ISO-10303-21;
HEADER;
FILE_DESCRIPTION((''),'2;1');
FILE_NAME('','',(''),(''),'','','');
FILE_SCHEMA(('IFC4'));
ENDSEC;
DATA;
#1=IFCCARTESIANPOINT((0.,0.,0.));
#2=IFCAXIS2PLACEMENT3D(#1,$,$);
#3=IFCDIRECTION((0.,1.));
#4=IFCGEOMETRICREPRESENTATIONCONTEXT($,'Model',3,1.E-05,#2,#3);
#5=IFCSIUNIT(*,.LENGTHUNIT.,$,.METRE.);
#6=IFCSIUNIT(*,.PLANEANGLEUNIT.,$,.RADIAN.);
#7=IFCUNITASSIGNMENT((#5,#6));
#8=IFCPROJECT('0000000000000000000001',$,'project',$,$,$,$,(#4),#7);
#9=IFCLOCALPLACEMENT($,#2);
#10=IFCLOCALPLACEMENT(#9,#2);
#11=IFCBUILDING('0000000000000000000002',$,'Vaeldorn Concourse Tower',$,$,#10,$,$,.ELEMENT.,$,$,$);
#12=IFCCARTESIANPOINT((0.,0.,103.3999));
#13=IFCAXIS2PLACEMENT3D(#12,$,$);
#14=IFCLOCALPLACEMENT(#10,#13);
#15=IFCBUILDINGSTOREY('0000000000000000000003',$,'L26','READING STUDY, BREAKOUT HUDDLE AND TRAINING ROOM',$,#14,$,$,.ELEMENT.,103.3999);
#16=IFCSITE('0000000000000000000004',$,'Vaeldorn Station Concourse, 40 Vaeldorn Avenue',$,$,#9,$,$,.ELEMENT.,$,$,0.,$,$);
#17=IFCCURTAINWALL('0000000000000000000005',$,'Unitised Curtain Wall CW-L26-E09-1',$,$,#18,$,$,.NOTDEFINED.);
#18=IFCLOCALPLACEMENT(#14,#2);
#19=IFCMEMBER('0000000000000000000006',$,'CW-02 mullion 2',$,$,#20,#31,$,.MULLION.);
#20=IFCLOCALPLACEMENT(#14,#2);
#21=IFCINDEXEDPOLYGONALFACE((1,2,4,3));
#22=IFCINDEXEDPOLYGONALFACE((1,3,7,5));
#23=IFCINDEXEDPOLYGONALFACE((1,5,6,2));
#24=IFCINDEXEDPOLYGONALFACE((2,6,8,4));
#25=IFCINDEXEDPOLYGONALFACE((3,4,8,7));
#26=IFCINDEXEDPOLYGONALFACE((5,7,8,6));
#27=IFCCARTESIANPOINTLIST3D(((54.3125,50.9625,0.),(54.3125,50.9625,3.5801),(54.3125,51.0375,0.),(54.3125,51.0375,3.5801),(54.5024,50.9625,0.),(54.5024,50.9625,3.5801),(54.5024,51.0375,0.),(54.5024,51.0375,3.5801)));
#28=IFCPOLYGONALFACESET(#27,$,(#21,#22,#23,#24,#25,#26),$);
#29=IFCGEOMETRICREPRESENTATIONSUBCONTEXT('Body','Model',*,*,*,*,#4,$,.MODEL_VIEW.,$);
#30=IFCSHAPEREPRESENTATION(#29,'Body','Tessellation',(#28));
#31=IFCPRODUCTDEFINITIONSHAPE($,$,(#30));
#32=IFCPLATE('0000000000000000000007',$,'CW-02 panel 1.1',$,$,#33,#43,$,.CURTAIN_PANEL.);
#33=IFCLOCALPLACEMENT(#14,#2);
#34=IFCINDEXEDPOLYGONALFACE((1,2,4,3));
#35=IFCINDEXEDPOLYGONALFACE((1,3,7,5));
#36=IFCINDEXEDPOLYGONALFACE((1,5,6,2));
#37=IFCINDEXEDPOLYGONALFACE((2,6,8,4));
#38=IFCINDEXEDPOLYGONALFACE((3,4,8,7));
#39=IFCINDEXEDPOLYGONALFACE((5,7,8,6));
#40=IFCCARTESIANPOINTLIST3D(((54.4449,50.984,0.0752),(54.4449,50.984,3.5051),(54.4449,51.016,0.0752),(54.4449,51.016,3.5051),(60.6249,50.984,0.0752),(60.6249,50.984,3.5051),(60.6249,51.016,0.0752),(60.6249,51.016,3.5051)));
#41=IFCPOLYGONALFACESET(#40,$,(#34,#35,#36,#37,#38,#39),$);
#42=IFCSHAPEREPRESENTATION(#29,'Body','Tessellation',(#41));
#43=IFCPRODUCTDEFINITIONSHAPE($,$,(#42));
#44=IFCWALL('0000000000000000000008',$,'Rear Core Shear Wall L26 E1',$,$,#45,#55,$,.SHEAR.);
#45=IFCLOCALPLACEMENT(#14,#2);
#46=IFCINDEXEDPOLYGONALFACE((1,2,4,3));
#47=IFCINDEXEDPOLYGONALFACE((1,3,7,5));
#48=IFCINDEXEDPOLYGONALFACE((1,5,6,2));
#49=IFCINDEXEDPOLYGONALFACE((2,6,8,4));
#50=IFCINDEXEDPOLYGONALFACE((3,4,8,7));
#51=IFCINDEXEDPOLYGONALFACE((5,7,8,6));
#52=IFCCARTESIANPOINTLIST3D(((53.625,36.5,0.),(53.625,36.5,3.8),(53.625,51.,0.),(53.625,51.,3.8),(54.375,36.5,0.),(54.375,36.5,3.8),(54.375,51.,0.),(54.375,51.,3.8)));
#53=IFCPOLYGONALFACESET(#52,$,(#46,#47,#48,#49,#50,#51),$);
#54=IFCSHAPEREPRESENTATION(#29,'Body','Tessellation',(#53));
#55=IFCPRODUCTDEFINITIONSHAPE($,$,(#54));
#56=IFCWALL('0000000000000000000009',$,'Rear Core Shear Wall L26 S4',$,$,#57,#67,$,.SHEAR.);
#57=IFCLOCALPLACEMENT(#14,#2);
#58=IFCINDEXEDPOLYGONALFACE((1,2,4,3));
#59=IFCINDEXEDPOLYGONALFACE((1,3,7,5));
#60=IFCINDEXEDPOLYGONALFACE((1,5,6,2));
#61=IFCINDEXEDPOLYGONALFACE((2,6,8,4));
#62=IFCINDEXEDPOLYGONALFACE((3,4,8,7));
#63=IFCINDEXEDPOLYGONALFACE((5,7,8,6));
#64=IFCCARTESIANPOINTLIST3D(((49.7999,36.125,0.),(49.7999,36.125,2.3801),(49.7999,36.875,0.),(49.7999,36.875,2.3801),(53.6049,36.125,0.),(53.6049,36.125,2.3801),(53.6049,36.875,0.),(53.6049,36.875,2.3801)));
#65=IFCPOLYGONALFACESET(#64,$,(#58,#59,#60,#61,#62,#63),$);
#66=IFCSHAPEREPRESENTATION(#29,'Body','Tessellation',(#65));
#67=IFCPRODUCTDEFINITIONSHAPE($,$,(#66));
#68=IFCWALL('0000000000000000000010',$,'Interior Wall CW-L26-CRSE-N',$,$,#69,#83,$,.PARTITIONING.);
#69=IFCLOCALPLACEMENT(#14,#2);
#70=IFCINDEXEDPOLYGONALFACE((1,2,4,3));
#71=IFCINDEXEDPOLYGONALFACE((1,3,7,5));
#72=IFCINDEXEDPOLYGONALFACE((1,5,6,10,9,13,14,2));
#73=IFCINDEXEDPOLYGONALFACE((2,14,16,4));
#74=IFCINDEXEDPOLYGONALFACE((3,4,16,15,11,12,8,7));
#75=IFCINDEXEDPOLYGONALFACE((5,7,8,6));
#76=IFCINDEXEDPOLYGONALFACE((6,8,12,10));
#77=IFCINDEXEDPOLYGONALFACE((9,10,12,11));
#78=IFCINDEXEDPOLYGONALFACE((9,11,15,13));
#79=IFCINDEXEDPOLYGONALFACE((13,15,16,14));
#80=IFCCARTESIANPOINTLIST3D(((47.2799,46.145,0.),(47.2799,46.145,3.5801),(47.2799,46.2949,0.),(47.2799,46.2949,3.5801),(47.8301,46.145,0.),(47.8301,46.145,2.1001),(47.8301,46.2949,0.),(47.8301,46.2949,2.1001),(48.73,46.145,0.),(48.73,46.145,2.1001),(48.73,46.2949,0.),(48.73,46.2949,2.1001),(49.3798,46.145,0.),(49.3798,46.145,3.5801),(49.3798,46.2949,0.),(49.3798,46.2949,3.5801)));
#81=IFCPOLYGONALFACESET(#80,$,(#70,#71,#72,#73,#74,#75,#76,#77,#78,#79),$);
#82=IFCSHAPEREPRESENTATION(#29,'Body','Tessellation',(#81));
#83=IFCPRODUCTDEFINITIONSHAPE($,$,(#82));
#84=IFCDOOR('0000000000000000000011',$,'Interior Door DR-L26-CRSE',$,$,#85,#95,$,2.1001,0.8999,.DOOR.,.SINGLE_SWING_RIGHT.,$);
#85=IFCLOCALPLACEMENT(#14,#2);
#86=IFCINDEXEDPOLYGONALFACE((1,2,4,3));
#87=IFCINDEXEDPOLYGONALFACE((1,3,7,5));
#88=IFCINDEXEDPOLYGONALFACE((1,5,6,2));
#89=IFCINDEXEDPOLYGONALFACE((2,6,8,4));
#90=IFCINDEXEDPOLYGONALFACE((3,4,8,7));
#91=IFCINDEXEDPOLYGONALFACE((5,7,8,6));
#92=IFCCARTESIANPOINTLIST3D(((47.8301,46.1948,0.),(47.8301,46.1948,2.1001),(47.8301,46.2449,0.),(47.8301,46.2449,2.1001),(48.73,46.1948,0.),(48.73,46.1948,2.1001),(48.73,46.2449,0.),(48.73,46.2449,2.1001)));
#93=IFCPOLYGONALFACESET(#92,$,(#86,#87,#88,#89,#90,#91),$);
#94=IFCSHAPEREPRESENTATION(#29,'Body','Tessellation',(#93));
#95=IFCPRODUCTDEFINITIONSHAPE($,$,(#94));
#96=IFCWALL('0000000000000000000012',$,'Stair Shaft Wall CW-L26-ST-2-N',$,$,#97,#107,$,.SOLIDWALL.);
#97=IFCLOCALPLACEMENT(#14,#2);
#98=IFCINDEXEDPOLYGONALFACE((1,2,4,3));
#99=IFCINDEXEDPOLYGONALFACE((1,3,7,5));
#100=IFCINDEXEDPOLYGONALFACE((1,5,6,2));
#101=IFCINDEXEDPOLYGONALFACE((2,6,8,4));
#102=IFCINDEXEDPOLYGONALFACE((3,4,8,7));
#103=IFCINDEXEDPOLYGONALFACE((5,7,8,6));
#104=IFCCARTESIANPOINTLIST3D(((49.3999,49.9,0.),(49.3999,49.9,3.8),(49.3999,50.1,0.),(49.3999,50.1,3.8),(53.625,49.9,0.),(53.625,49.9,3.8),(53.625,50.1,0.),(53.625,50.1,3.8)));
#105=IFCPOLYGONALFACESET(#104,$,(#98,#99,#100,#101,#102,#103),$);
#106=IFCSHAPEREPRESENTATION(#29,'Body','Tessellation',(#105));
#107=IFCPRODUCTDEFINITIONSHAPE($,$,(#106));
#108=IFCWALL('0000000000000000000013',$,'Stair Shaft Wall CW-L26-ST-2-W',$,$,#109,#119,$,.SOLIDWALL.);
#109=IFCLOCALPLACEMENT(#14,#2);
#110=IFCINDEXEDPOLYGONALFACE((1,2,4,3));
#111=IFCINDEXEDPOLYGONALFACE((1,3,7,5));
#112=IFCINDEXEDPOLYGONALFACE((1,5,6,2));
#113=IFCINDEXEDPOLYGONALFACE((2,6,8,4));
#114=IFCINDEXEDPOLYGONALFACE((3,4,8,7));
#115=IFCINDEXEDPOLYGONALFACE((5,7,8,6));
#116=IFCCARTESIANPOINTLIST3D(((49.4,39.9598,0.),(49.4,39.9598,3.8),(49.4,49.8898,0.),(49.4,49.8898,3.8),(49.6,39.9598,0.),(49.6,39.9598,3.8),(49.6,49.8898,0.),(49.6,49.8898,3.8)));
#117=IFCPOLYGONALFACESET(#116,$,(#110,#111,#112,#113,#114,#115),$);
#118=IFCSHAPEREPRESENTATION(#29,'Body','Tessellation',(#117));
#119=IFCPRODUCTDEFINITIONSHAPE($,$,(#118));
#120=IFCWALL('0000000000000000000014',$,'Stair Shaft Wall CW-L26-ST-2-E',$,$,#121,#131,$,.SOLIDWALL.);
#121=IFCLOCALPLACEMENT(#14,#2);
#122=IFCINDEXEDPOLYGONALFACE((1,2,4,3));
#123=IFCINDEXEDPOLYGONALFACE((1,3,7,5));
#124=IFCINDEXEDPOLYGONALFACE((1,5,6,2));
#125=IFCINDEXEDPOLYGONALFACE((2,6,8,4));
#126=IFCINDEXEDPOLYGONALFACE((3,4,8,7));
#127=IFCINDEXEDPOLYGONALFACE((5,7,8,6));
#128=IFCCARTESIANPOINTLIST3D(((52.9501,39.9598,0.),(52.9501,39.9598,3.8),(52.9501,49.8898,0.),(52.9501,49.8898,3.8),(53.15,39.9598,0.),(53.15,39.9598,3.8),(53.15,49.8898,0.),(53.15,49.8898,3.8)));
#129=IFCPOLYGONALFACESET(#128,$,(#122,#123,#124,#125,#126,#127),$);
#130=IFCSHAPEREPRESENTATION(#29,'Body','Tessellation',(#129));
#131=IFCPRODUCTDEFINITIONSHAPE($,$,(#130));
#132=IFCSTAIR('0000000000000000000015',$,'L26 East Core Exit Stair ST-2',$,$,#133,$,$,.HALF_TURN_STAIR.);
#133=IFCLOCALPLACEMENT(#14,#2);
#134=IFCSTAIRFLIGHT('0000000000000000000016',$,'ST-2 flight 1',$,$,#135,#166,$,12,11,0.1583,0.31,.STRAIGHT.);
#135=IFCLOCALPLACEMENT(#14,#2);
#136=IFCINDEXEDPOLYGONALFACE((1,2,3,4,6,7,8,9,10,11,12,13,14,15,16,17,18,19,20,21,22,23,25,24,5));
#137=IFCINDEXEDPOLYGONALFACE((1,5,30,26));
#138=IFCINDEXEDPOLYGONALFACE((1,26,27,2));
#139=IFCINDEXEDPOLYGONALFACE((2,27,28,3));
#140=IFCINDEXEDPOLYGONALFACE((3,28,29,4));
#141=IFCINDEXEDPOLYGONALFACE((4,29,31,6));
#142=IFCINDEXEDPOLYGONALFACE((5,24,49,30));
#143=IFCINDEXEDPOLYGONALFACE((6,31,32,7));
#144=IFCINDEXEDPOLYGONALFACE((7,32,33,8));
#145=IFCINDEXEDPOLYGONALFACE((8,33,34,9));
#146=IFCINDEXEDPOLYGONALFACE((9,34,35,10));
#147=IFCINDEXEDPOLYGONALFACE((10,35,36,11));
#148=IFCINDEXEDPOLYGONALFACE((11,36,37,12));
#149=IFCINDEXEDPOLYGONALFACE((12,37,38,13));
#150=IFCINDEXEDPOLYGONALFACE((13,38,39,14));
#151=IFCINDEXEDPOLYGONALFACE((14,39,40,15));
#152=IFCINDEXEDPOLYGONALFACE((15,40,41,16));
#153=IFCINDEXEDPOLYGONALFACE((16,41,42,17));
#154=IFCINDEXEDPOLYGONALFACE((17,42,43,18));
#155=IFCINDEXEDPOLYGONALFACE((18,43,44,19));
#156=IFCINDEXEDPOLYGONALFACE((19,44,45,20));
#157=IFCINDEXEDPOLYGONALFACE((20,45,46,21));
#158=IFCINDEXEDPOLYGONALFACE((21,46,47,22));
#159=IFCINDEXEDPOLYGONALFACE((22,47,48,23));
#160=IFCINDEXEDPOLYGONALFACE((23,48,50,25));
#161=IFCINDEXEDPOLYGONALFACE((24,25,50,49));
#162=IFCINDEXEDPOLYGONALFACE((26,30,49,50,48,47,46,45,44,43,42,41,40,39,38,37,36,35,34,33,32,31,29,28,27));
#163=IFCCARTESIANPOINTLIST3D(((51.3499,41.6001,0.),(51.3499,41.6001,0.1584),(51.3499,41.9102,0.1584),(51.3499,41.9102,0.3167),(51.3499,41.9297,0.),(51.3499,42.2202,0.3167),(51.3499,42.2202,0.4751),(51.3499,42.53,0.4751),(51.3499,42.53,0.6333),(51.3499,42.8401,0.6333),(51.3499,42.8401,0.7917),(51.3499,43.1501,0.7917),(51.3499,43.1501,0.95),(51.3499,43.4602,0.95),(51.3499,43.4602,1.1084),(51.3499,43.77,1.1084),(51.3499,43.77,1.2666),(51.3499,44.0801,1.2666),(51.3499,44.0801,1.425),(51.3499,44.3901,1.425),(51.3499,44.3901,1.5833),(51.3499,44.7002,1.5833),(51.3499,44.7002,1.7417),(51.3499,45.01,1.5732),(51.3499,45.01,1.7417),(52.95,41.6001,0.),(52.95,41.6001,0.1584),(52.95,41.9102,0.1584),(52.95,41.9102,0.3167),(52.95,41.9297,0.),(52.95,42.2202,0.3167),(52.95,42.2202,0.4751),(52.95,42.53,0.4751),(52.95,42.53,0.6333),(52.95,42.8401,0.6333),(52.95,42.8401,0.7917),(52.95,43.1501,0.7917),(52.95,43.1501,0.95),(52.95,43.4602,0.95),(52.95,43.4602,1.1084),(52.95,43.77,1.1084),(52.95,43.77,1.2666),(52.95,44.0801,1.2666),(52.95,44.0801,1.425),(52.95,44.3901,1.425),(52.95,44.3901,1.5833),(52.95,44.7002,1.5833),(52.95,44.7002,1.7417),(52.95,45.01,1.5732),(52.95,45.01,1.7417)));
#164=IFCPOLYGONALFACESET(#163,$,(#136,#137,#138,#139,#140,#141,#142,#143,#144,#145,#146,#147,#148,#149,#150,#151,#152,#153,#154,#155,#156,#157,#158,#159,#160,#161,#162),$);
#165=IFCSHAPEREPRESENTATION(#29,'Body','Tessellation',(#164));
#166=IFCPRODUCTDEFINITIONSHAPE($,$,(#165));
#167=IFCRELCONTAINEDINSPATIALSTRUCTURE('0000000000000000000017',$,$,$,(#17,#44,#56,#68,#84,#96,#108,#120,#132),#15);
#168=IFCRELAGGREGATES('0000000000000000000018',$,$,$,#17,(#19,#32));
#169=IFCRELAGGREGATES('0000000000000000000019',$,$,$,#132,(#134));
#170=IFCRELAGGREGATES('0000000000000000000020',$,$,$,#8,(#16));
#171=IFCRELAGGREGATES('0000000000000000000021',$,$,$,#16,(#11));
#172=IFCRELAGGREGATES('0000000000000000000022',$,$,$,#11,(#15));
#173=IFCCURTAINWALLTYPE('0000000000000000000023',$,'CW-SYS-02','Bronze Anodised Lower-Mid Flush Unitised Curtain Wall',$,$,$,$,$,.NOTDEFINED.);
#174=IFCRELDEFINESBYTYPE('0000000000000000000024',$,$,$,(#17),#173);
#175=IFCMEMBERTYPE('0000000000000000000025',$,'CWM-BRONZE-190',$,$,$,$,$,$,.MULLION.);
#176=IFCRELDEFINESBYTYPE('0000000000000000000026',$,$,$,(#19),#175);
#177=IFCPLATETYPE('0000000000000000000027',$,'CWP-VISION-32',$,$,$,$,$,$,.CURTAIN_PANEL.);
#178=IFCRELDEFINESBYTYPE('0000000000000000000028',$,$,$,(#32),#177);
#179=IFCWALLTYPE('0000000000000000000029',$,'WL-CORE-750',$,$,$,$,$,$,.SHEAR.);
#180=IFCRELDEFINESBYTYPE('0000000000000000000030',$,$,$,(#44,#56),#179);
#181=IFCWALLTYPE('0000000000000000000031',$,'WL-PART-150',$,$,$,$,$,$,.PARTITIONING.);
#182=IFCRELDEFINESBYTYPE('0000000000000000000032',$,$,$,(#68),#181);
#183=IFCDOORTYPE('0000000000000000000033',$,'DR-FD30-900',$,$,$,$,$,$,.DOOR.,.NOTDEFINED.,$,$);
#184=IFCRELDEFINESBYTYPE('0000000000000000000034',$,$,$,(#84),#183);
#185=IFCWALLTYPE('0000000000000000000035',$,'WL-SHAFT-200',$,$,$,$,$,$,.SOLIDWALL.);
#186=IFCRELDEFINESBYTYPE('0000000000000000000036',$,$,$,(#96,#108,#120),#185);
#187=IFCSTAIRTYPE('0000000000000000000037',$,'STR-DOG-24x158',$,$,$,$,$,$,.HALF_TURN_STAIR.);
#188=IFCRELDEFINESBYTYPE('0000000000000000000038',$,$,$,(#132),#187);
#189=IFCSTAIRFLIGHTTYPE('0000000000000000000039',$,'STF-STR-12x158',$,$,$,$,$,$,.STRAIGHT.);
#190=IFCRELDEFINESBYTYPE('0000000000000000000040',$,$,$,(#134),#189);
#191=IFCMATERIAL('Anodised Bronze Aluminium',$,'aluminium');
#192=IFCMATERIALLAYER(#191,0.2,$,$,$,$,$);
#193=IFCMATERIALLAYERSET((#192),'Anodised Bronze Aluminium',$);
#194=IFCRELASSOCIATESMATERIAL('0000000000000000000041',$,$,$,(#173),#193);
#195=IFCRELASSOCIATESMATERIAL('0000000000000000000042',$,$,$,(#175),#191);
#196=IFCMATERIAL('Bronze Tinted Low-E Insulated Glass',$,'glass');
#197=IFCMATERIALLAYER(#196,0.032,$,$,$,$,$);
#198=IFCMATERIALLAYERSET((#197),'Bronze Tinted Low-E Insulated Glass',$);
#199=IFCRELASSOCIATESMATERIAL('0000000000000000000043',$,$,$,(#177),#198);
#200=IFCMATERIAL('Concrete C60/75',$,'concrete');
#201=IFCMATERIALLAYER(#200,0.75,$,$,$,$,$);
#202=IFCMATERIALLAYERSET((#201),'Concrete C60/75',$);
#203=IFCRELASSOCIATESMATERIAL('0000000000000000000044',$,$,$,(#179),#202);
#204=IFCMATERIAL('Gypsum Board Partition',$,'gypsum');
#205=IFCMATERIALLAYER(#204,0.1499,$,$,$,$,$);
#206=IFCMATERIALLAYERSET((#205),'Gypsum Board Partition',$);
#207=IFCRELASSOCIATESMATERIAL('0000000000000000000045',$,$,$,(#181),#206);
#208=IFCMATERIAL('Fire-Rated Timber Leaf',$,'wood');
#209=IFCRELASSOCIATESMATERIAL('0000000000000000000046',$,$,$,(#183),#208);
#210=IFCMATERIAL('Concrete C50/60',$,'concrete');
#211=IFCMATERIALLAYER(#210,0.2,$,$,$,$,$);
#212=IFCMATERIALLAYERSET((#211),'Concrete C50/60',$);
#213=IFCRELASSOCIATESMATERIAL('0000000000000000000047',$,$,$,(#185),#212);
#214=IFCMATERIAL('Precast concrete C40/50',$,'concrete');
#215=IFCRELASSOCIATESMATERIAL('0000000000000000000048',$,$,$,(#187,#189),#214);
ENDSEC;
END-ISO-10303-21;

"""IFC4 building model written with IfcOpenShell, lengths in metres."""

from ifc_helpers import new_model, si_unit, direction, frame, frame_2d, origin, origin_2d, place, context, subcontext, project, spatial, polyline, rectangle, outline, extrude, source, transform, mapped, material, layer, layer_set, material_profile, profile_set, type_object, element, fill, aggregate, save


model = new_model("IFC4")

# Units and contexts
model_context = context("Model", 3, precision=1e-05, world=origin(), true_north=direction((0.0, 1.0)))
body_context = subcontext(model_context, "Body", "Model", "MODEL_VIEW")
ifc_project = project(units=[si_unit("LENGTHUNIT", "METRE"), si_unit("PLANEANGLEUNIT", "RADIAN")], contexts=[model_context])

# Site, building, storey
site_placement = place(None, origin())
site = spatial("IfcSite", under=ifc_project, at=site_placement, Name="Vaeldorn Station Concourse, 40 Vaeldorn Avenue", CompositionType="ELEMENT", RefElevation=0.0)
building_placement = place(site_placement, origin())
building = spatial("IfcBuilding", under=site, at=building_placement, Name="Vaeldorn Concourse Tower", CompositionType="ELEMENT")
storey_placement = place(building_placement, frame((0.0, 0.0, 103.3999)))
storey = spatial("IfcBuildingStorey", under=building, at=storey_placement, Name="L26", Description="READING STUDY, BREAKOUT HUDDLE AND TRAINING ROOM", CompositionType="ELEMENT", Elevation=103.3999)

# Shared definitions
ifc_material_1 = material(Name="Concrete C60/75", Category="concrete")

# Curtain wall, member, plate
ifc_material_2 = material(Name="Anodised Bronze Aluminium", Category="aluminium")
ifc_layer_1 = layer(ifc_material_2, 0.2)
ifc_layer_set_1 = layer_set([ifc_layer_1], Name="Anodised Bronze Aluminium")
curtain_wall_type = type_object("IfcCurtainWallType", Name="CW-SYS-02", Description="Bronze Anodised Lower-Mid Flush Unitised Curtain Wall", PredefinedType="NOTDEFINED", material=ifc_layer_set_1)
curtain_wall_placement = place(storey_placement, origin())
curtain_wall = element("IfcCurtainWall", 1, at=curtain_wall_placement, inside=storey, type_object=curtain_wall_type, Name="Unitised Curtain Wall CW-L26-E09-1", PredefinedType="NOTDEFINED")
ifc_material_profile_1 = material_profile(ifc_material_2, rectangle(XDim=0.075, YDim=0.1899, at=origin_2d()), Name="CWM 75x190")
ifc_profile_set_1 = profile_set([ifc_material_profile_1], Name="Anodised Bronze Aluminium")
member_type = type_object("IfcMemberType", Name="CWM-BRONZE-190", PredefinedType="MULLION", material=ifc_profile_set_1)
shared_shape_1 = source(origin(), body_context, "Body", "SweptSolid", [
    extrude(rectangle(XDim=0.075, YDim=0.1899, at=origin_2d()), origin(), (0.0, 0.0, 1.0), 3.5801),
])
member_placement = place(storey_placement, frame((54.4075, 51.0, 0.0), z_axis=(0.0, 0.0, 1.0), x_axis=(0.0, -1.0, 0.0)))
member = element("IfcMember", 2, at=member_placement, type_object=member_type, Name="CW-02 mullion 2", PredefinedType="MULLION", context=body_context, shape_type="MappedRepresentation", body=[
    mapped(shared_shape_1, transform((0.0, 0.0, 0.0), scale=1.0)),
])
ifc_material_3 = material(Name="Bronze Tinted Low-E Insulated Glass", Category="glass")
ifc_layer_2 = layer(ifc_material_3, 0.032)
ifc_layer_set_2 = layer_set([ifc_layer_2], Name="Bronze Tinted Low-E Insulated Glass")
plate_type = type_object("IfcPlateType", Name="CWP-VISION-32", PredefinedType="CURTAIN_PANEL", material=ifc_layer_set_2)
shared_shape_2 = source(origin(), body_context, "Body", "SweptSolid", [
    extrude(rectangle(XDim=6.1799, YDim=0.032, at=origin_2d()), origin(), (0.0, 0.0, 1.0), 3.4299),
])
plate_placement = place(storey_placement, frame((57.5349, 51.0, 0.0752), z_axis=(0.0, 0.0, 1.0), x_axis=(-1.0, 0.0, 0.0)))
plate = element("IfcPlate", 3, at=plate_placement, type_object=plate_type, Name="CW-02 panel 1.1", PredefinedType="CURTAIN_PANEL", context=body_context, shape_type="MappedRepresentation", body=[
    mapped(shared_shape_2, transform((0.0, 0.0, 0.0), scale=1.0)),
])
aggregate(curtain_wall, [member, plate])

# Walls
ifc_layer_3 = layer(ifc_material_1, 0.75)
ifc_layer_set_3 = layer_set([ifc_layer_3], Name="Concrete C60/75")
wall_type_1 = type_object("IfcWallType", Name="WL-CORE-750", PredefinedType="SHEAR", material=ifc_layer_set_3)
wall_1_placement = place(storey_placement, frame((54.0, 36.5, 0.0), z_axis=(0.0, 0.0, 1.0), x_axis=(0.0, 1.0, 0.0)))
element("IfcWall", 4, at=wall_1_placement, inside=storey, type_object=wall_type_1, Name="Rear Core Shear Wall L26 E1", PredefinedType="SHEAR", context=body_context, shape_type="SweptSolid", body=[
    extrude(rectangle(XDim=14.5, YDim=0.75, at=frame_2d((7.25, 0.0))), origin(), (0.0, 0.0, 1.0), 3.8),
])
wall_2_placement = place(storey_placement, frame((49.8, 36.5, 0.0), z_axis=(0.0, 0.0, 1.0), x_axis=(1.0, 0.0, 0.0)))
element("IfcWall", 5, at=wall_2_placement, inside=storey, type_object=wall_type_1, Name="Rear Core Shear Wall L26 S4", PredefinedType="SHEAR", context=body_context, shape_type="SweptSolid", body=[
    extrude(rectangle(XDim=3.8049, YDim=0.75, at=frame_2d((1.9023, 0.0))), origin(), (0.0, 0.0, 1.0), 2.3801),
])

# Wall, opening, door
ifc_material_4 = material(Name="Gypsum Board Partition", Category="gypsum")
ifc_layer_4 = layer(ifc_material_4, 0.1499)
ifc_layer_set_4 = layer_set([ifc_layer_4], Name="Gypsum Board Partition")
wall_type_2 = type_object("IfcWallType", Name="WL-PART-150", PredefinedType="PARTITIONING", material=ifc_layer_set_4)
wall_3_placement = place(storey_placement, frame((47.28, 46.22, 0.0), z_axis=(0.0, 0.0, 1.0), x_axis=(1.0, 0.0, 0.0)))
wall_3 = element("IfcWall", 6, at=wall_3_placement, inside=storey, type_object=wall_type_2, Name="Interior Wall CW-L26-CRSE-N", PredefinedType="PARTITIONING", context=body_context, shape_type="SweptSolid", body=[
    extrude(rectangle(XDim=2.0999, YDim=0.1499, at=frame_2d((1.0498, 0.0))), origin(), (0.0, 0.0, 1.0), 3.5801),
])
opening_1_placement = place(wall_3_placement, frame((0.55, 0.0, 0.0)))
opening_1 = element("IfcOpeningElement", 7, at=opening_1_placement, cuts=wall_3, PredefinedType="OPENING", context=body_context, shape_type="SweptSolid", body=[
    extrude(rectangle(XDim=0.8999, YDim=2.1001, at=frame_2d((0.45, 1.05))), frame((0.0, 0.085, 0.0), z_axis=(0.0, -1.0, 0.0), x_axis=(1.0, 0.0, 0.0)), (0.0, 0.0, 1.0), 0.1699),
])
ifc_material_5 = material(Name="Fire-Rated Timber Leaf", Category="wood")
door_type_1 = type_object("IfcDoorType", Name="DR-FD30-900", OperationType="NOTDEFINED", PredefinedType="DOOR", material=ifc_material_5)
shared_shape_3 = source(origin(), body_context, "Body", "SweptSolid", [
    extrude(rectangle(XDim=0.8999, YDim=2.1001, at=frame_2d((0.45, 1.05))), frame((0.0, 0.0249, 0.0), z_axis=(0.0, -1.0, 0.0), x_axis=(1.0, 0.0, 0.0)), (0.0, 0.0, 1.0), 0.05),
])
door_1_placement = place(opening_1_placement, origin())
door_1 = element("IfcDoor", 8, at=door_1_placement, inside=storey, type_object=door_type_1, Name="Interior Door DR-L26-CRSE", OperationType="SINGLE_SWING_RIGHT", OverallHeight=2.1001, OverallWidth=0.8999, PredefinedType="DOOR", context=body_context, shape_type="MappedRepresentation", body=[
    mapped(shared_shape_3, transform((0.0, 0.0, 0.0), scale=1.0)),
])
fill(opening_1, door_1)
ifc_material_6 = material(Name="Concrete C50/60", Category="concrete")
ifc_layer_5 = layer(ifc_material_6, 0.2)
ifc_layer_set_5 = layer_set([ifc_layer_5], Name="Concrete C50/60")
wall_type_3 = type_object("IfcWallType", Name="WL-SHAFT-200", PredefinedType="SOLIDWALL", material=ifc_layer_set_5)

# Walls
wall_4_placement = place(storey_placement, frame((49.3999, 50.0, 0.0), z_axis=(0.0, 0.0, 1.0), x_axis=(1.0, 0.0, 0.0)))
element("IfcWall", 9, at=wall_4_placement, inside=storey, type_object=wall_type_3, Name="Stair Shaft Wall CW-L26-ST-2-N", PredefinedType="SOLIDWALL", context=body_context, shape_type="SweptSolid", body=[
    extrude(rectangle(XDim=4.2251, YDim=0.2, at=frame_2d((2.1125, 0.0))), origin(), (0.0, 0.0, 1.0), 3.8),
])
for number, where, z_axis, x_axis, name in (
    (10, (49.5, 39.96, 0.0), (0.0, 0.0, 1.0), (0.0, 1.0, 0.0), "Stair Shaft Wall CW-L26-ST-2-W"),
    (11, (53.05, 39.96, 0.0), (0.0, 0.0, 1.0), (0.0, 1.0, 0.0), "Stair Shaft Wall CW-L26-ST-2-E"),
):
    element("IfcWall", number, at=place(storey_placement, frame(where, z_axis=z_axis, x_axis=x_axis)), inside=storey, type_object=wall_type_3, Name=name, PredefinedType="SOLIDWALL", context=body_context, shape_type="SweptSolid", body=[
        extrude(rectangle(XDim=9.9299, YDim=0.2, at=frame_2d((4.9648, 0.0))), origin(), (0.0, 0.0, 1.0), 3.8),
    ])

# Stair, stair flight
ifc_material_7 = material(Name="Precast concrete C40/50", Category="concrete")
stair_type = type_object("IfcStairType", Name="STR-DOG-24x158", PredefinedType="HALF_TURN_STAIR", material=ifc_material_7)
stair_placement = place(storey_placement, origin())
stair = element("IfcStair", 12, at=stair_placement, inside=storey, type_object=stair_type, Name="L26 East Core Exit Stair ST-2", PredefinedType="HALF_TURN_STAIR")
stair_flight_type = type_object("IfcStairFlightType", Name="STF-STR-12x158", PredefinedType="STRAIGHT", material=ifc_material_7)
stair_flight_1_placement = place(storey_placement, frame((52.1499, 41.6001, 0.0), z_axis=(0.0, 0.0, 1.0), x_axis=(0.0, 1.0, 0.0)))
stair_flight_1 = element("IfcStairFlight", 13, at=stair_flight_1_placement, type_object=stair_flight_type, Name="ST-2 flight 1", NumberOfRisers=12, NumberOfTreads=11, PredefinedType="STRAIGHT", RiserHeight=0.1583, TreadLength=0.31, context=body_context, shape_type="SweptSolid", body=[
    extrude(outline(polyline([(0.0, 0.0), (0.0, 0.1584), (0.3101, 0.1584), (0.3101, 0.3167), (0.6201, 0.3167), (0.6201, 0.4751), (0.9299, 0.4751), (0.9299, 0.6333), (1.24, 0.6333), (1.24, 0.7917), (1.55, 0.7917), (1.55, 0.95), (1.8601, 0.95), (1.8601, 1.1084), (2.1699, 1.1084), (2.1699, 1.2666), (2.48, 1.2666), (2.48, 1.425), (2.79, 1.425), (2.79, 1.5833), (3.1001, 1.5833), (3.1001, 1.7417), (3.4099, 1.7417), (3.4099, 1.8999), (3.4099, 1.5732), (0.3296, 0.0), (0.0, 0.0)])), frame((0.0, 0.8, 0.0), z_axis=(0.0, -1.0, 0.0), x_axis=(1.0, 0.0, 0.0)), (0.0, 0.0, 1.0), 1.6001),
])
aggregate(stair, [stair_flight_1])

save(model, "model.ifc")
